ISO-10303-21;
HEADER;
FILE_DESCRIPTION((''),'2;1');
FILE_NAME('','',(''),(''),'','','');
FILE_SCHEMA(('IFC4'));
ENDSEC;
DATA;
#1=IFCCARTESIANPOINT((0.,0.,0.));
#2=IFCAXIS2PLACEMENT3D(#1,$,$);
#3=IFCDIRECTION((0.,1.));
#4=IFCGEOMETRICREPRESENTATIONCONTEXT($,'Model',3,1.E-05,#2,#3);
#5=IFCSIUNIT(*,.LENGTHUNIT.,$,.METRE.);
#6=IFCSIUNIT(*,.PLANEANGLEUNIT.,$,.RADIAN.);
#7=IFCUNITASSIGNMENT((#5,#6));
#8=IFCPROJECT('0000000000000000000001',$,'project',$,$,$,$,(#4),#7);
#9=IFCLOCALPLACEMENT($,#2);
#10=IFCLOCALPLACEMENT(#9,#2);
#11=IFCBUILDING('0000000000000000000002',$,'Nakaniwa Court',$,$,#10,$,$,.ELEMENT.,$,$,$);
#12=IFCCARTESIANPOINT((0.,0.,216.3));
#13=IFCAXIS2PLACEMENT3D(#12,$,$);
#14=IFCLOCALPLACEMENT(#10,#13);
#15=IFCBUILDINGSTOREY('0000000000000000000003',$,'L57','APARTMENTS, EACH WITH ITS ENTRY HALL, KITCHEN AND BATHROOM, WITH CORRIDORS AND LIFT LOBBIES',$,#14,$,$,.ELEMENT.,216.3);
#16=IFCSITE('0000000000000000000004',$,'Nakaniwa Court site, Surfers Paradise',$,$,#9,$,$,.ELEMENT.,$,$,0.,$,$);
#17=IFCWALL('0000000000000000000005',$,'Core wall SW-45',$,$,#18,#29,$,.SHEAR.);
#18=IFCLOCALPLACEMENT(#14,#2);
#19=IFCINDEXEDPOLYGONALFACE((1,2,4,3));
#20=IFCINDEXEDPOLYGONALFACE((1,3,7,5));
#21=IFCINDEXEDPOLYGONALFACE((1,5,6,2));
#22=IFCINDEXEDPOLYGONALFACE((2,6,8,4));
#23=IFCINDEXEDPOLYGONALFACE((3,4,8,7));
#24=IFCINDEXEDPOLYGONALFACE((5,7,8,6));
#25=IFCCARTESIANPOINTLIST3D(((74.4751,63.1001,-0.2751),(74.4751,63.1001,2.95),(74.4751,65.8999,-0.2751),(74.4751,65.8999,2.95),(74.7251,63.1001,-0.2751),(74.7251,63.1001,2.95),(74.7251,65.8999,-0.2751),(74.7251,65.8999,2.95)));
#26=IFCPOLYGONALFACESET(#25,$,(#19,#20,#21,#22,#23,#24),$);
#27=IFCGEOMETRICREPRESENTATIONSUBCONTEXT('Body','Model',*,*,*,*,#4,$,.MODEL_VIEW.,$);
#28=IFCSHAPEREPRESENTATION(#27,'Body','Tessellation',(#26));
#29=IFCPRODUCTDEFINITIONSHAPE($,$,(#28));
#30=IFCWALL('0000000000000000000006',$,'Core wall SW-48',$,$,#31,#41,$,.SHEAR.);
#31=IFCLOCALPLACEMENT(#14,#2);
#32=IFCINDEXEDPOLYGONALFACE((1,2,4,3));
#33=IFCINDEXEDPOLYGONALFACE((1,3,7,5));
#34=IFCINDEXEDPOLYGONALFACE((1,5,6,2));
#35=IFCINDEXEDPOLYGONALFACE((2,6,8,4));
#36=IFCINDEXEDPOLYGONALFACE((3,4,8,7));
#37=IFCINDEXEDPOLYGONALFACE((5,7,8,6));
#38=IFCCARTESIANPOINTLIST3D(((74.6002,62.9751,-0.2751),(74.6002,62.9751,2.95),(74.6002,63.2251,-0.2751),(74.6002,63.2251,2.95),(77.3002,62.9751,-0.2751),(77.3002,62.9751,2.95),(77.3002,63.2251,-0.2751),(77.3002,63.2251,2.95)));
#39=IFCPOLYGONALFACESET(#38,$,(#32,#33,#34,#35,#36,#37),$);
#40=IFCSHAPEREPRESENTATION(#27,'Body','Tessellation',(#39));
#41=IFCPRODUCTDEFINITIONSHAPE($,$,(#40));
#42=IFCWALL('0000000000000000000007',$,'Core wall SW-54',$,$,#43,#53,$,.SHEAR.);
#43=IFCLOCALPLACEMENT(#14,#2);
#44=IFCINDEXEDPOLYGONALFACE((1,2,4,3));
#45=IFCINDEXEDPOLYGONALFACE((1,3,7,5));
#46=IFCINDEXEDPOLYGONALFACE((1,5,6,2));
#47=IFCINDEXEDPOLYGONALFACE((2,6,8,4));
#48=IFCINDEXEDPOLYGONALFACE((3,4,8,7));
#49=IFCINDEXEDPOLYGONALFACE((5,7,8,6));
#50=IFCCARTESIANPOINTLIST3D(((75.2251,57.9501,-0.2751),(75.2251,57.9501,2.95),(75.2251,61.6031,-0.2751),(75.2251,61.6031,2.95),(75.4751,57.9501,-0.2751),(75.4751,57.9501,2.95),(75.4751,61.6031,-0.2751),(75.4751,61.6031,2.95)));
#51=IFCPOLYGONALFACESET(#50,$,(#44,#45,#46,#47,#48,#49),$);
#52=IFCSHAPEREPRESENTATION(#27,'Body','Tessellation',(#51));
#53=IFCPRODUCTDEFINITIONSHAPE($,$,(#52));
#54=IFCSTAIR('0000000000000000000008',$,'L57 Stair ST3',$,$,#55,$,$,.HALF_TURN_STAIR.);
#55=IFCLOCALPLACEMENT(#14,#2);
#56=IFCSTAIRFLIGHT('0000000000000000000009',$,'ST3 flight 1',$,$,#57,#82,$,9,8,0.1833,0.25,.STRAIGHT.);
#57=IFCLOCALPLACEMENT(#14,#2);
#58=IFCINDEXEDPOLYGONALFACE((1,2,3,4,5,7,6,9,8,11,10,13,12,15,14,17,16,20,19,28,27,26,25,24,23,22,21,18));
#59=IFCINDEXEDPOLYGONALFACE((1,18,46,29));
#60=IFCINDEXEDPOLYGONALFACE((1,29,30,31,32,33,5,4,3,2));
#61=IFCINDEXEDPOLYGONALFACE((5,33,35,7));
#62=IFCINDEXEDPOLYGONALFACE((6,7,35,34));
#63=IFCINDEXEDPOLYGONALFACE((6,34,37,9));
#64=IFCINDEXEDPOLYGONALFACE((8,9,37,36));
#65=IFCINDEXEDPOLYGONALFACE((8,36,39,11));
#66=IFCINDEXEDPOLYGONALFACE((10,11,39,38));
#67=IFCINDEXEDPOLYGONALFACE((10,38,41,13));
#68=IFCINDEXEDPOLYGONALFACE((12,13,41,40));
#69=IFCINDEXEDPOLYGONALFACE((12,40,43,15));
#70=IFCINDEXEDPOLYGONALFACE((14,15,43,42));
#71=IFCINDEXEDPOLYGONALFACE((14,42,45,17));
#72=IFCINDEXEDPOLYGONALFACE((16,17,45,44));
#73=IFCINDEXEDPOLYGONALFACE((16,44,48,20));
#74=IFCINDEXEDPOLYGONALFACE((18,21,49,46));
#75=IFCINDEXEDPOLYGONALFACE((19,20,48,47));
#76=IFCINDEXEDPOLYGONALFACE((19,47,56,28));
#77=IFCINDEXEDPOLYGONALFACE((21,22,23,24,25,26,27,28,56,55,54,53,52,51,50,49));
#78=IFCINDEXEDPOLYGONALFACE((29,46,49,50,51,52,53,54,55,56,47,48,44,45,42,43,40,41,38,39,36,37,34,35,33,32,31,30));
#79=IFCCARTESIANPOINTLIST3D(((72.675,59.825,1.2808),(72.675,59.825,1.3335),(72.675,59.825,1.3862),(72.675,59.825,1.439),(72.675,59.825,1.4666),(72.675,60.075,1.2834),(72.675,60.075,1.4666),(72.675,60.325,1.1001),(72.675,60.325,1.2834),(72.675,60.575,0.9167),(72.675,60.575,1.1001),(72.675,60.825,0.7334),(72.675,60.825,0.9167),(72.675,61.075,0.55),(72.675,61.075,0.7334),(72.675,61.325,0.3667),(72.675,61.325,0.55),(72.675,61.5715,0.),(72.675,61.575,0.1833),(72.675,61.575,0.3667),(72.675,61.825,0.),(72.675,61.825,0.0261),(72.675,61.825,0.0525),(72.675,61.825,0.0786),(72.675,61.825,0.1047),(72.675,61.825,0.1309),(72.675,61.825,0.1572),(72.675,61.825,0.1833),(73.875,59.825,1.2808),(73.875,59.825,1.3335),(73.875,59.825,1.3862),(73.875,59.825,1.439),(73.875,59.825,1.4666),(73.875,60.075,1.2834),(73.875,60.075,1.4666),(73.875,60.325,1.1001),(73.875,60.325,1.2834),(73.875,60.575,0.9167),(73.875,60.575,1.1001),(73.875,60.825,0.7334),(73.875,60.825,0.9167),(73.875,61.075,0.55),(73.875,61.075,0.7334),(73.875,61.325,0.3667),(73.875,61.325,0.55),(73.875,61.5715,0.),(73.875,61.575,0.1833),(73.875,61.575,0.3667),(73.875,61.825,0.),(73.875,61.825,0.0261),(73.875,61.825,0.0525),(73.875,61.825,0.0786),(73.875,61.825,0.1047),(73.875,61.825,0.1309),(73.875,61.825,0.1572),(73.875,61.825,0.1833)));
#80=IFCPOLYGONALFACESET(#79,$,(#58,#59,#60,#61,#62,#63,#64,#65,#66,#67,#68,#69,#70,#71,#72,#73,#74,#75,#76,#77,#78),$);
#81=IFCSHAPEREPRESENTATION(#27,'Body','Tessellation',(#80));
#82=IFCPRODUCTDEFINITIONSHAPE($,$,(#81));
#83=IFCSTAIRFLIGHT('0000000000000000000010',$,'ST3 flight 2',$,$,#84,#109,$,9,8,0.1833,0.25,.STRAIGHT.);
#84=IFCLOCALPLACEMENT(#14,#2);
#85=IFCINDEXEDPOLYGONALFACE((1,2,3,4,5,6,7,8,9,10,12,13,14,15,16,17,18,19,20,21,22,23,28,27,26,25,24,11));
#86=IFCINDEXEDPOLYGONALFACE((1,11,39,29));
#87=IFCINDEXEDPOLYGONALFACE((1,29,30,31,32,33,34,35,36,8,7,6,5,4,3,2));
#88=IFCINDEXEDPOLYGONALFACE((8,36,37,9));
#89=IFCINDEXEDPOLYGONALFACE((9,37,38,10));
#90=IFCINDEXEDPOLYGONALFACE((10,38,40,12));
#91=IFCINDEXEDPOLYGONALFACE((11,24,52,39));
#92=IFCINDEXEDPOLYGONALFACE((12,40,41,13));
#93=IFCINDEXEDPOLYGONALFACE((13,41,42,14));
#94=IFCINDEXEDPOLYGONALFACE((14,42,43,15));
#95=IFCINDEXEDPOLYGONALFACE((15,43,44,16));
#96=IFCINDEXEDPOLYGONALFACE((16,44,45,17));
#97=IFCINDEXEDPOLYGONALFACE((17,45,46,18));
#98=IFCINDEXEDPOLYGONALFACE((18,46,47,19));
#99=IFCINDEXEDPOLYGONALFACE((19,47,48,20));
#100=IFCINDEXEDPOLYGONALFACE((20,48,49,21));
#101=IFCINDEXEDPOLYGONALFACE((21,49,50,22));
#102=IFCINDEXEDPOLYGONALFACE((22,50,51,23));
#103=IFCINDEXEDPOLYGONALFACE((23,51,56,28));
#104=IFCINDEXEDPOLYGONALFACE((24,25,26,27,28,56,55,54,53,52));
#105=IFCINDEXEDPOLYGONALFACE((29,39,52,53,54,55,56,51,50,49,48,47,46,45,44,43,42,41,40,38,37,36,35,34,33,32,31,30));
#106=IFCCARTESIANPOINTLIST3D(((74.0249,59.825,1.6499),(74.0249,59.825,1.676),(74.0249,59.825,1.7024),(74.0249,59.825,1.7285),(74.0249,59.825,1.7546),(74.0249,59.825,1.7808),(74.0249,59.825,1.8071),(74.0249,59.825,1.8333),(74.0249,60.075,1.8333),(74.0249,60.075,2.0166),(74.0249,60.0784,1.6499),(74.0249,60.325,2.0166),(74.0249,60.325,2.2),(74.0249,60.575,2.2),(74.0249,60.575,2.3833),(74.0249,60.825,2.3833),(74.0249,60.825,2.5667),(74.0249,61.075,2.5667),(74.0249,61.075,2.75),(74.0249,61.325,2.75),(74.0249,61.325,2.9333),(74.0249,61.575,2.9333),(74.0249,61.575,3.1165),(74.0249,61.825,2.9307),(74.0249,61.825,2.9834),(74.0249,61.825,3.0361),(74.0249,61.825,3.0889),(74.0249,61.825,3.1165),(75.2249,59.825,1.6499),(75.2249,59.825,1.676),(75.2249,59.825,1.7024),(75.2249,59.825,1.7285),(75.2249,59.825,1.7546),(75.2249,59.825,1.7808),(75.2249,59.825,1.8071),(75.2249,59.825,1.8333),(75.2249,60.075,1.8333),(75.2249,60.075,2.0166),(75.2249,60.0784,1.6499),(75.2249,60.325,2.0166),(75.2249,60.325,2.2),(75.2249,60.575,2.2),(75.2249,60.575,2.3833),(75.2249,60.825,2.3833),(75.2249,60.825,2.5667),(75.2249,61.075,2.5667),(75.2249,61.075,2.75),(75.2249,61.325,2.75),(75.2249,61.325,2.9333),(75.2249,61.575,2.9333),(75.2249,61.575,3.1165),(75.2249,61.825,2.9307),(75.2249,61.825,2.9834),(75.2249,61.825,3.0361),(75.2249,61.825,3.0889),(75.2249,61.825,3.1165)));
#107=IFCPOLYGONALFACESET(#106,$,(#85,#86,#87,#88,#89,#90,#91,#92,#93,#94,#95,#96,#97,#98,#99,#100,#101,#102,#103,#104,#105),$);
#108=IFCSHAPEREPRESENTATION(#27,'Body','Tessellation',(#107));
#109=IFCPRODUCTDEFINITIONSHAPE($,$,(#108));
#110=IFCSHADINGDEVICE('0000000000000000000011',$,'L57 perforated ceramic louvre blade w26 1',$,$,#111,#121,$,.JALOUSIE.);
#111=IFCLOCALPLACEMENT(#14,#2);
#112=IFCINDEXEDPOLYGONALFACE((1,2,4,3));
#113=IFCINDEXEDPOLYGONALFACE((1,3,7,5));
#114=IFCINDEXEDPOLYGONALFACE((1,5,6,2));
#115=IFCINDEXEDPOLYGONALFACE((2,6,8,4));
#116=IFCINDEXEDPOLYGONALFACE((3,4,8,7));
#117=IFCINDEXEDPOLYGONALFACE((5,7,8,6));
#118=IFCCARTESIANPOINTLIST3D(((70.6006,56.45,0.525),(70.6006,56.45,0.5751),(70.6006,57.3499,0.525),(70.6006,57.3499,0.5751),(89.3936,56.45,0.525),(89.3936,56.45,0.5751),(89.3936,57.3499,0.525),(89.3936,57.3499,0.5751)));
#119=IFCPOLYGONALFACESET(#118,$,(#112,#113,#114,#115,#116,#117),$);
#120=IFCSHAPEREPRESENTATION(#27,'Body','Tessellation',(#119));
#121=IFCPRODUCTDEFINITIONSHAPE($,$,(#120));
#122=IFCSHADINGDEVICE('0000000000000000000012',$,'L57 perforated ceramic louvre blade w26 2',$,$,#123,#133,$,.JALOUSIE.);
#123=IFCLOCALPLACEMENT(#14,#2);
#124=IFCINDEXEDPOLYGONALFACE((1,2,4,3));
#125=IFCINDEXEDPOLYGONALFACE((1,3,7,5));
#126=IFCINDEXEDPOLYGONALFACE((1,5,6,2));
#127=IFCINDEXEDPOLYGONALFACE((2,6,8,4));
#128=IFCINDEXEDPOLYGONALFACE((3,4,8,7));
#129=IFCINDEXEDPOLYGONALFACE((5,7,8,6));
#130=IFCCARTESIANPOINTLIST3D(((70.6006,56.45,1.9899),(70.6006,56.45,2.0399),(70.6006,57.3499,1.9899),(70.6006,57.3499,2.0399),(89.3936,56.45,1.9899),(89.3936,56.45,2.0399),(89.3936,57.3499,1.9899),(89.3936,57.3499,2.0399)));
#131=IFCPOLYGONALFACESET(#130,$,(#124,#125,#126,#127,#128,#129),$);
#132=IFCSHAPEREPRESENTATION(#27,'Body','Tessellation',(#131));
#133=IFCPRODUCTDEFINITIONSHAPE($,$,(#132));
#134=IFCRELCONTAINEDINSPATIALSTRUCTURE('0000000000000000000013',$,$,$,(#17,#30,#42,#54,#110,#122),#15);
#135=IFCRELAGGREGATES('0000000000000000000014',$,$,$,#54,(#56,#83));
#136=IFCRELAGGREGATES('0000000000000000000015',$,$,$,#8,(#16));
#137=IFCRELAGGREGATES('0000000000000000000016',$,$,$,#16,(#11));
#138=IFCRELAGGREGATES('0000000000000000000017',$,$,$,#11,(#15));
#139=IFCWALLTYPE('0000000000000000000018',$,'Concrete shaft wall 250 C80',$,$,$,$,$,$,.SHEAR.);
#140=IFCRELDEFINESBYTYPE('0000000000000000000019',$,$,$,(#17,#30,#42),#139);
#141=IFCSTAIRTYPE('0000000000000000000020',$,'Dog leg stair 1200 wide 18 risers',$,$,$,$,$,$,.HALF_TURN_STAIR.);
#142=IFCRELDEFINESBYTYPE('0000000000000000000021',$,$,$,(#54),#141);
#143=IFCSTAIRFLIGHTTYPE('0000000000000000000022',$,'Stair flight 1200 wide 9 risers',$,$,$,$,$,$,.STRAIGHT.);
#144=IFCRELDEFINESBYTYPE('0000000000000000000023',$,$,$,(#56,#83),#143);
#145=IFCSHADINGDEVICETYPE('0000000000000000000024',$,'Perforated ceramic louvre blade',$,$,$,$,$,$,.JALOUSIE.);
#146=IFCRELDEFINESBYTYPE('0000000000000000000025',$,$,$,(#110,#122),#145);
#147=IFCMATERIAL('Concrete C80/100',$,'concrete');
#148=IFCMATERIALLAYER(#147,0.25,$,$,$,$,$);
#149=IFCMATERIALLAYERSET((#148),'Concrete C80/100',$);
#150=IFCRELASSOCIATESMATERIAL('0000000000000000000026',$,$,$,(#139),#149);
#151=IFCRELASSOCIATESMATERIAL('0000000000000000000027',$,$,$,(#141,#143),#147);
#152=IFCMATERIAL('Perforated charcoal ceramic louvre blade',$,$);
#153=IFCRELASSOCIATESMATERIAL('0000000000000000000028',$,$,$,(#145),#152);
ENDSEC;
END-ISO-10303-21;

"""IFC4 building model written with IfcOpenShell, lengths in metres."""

from ifc_helpers import new_model, si_unit, direction, frame, frame_2d, origin, origin_2d, place, context, subcontext, project, spatial, polyline, rectangle, outline, extrude, material, layer, layer_set, material_profile, profile_set, type_object, element, aggregate, save


model = new_model("IFC4")

# Units and contexts
model_context = context("Model", 3, precision=1e-05, world=origin(), true_north=direction((0.0, 1.0)))
body_context = subcontext(model_context, "Body", "Model", "MODEL_VIEW")
ifc_project = project(units=[si_unit("LENGTHUNIT", "METRE"), si_unit("PLANEANGLEUNIT", "RADIAN")], contexts=[model_context])

# Site, building, storey
site_placement = place(None, origin())
site = spatial("IfcSite", under=ifc_project, at=site_placement, Name="Nakaniwa Court site, Surfers Paradise", CompositionType="ELEMENT", RefElevation=0.0)
building_placement = place(site_placement, origin())
building = spatial("IfcBuilding", under=site, at=building_placement, Name="Nakaniwa Court", CompositionType="ELEMENT")
storey_placement = place(building_placement, frame((0.0, 0.0, 216.3)))
storey = spatial("IfcBuildingStorey", under=building, at=storey_placement, Name="L57", Description="APARTMENTS, EACH WITH ITS ENTRY HALL, KITCHEN AND BATHROOM, WITH CORRIDORS AND LIFT LOBBIES", CompositionType="ELEMENT", Elevation=216.3)

# Shared definitions
ifc_material_1 = material(Name="Concrete C80/100", Category="concrete")

# Walls
ifc_layer_1 = layer(ifc_material_1, 0.25)
ifc_layer_set_1 = layer_set([ifc_layer_1], Name="Concrete C80/100")
wall_type_1 = type_object("IfcWallType", Name="Concrete shaft wall 250 C80", PredefinedType="SHEAR", material=ifc_layer_set_1)
wall_1_placement = place(storey_placement, frame((74.6001, 63.1001, -0.2751), z_axis=(0.0, 0.0, 1.0), x_axis=(0.0, 1.0, 0.0)))
element("IfcWall", 1, at=wall_1_placement, inside=storey, type_object=wall_type_1, Name="Core wall SW-45", PredefinedType="SHEAR", context=body_context, shape_type="SweptSolid", body=[
    extrude(rectangle(XDim=2.7998, YDim=0.25, at=frame_2d((1.3999, 0.0))), origin(), (0.0, 0.0, 1.0), 3.2251),
])
wall_2_placement = place(storey_placement, frame((74.6001, 63.1001, -0.2751), z_axis=(0.0, 0.0, 1.0), x_axis=(1.0, 0.0, 0.0)))
element("IfcWall", 2, at=wall_2_placement, inside=storey, type_object=wall_type_1, Name="Core wall SW-48", PredefinedType="SHEAR", context=body_context, shape_type="SweptSolid", body=[
    extrude(rectangle(XDim=2.7, YDim=0.25, at=frame_2d((1.3501, 0.0))), origin(), (0.0, 0.0, 1.0), 3.2251),
])
wall_3_placement = place(storey_placement, frame((75.3501, 57.95, -0.2751), z_axis=(0.0, 0.0, 1.0), x_axis=(0.0, 1.0, 0.0)))
element("IfcWall", 3, at=wall_3_placement, inside=storey, type_object=wall_type_1, Name="Core wall SW-54", PredefinedType="SHEAR", context=body_context, shape_type="SweptSolid", body=[
    extrude(rectangle(XDim=3.6531, YDim=0.25, at=frame_2d((1.8267, 0.0))), origin(), (0.0, 0.0, 1.0), 3.2251),
])

# Stair, stair flights
stair_type = type_object("IfcStairType", Name="Dog leg stair 1200 wide 18 risers", PredefinedType="HALF_TURN_STAIR", material=ifc_material_1)
stair_placement = place(storey_placement, origin())
stair = element("IfcStair", 4, at=stair_placement, inside=storey, type_object=stair_type, Name="L57 Stair ST3", PredefinedType="HALF_TURN_STAIR")
stair_flight_type = type_object("IfcStairFlightType", Name="Stair flight 1200 wide 9 risers", PredefinedType="STRAIGHT", material=ifc_material_1)
stair_flight_1_placement = place(storey_placement, frame((73.2749, 61.825, 0.0), z_axis=(0.0, 0.0, 1.0), x_axis=(0.0, -1.0, 0.0)))
stair_flight_1 = element("IfcStairFlight", 5, at=stair_flight_1_placement, type_object=stair_flight_type, Name="ST3 flight 1", NumberOfRisers=9, NumberOfTreads=8, PredefinedType="STRAIGHT", RiserHeight=0.1833, TreadLength=0.25, context=body_context, shape_type="SweptSolid", body=[
    extrude(outline(polyline([(0.0, 0.0), (0.0, 0.0261), (0.0, 0.0525), (0.0, 0.0786), (0.0, 0.1047), (0.0, 0.1309), (0.0, 0.1572), (0.0, 0.1833), (0.25, 0.1833), (0.25, 0.3667), (0.5, 0.3667), (0.5, 0.55), (0.75, 0.55), (0.75, 0.7334), (1.0, 0.7334), (1.0, 0.9167), (1.25, 0.9167), (1.25, 1.1001), (1.5, 1.1001), (1.5, 1.2834), (1.75, 1.2834), (1.75, 1.4666), (2.0, 1.4666), (2.0, 1.6499), (2.0, 1.5972), (2.0, 1.5444), (2.0, 1.4917), (2.0, 1.439), (2.0, 1.3862), (2.0, 1.3335), (2.0, 1.2808), (0.2534, 0.0), (0.0, 0.0)])), frame((0.0, 0.6001, 0.0), z_axis=(0.0, -1.0, 0.0), x_axis=(1.0, 0.0, 0.0)), (0.0, 0.0, 1.0), 1.2),
])
stair_flight_2_placement = place(storey_placement, frame((74.625, 59.825, 1.6499), z_axis=(0.0, 0.0, 1.0), x_axis=(0.0, 1.0, 0.0)))
stair_flight_2 = element("IfcStairFlight", 6, at=stair_flight_2_placement, type_object=stair_flight_type, Name="ST3 flight 2", NumberOfRisers=9, NumberOfTreads=8, PredefinedType="STRAIGHT", RiserHeight=0.1833, TreadLength=0.25, context=body_context, shape_type="SweptSolid", body=[
    extrude(outline(polyline([(0.0, 0.0), (0.0, 0.0261), (0.0, 0.0525), (0.0, 0.0786), (0.0, 0.1047), (0.0, 0.1309), (0.0, 0.1572), (0.0, 0.1833), (0.25, 0.1833), (0.25, 0.3667), (0.5, 0.3667), (0.5, 0.55), (0.75, 0.55), (0.75, 0.7334), (1.0, 0.7334), (1.0, 0.9167), (1.25, 0.9167), (1.25, 1.1001), (1.5, 1.1001), (1.5, 1.2834), (1.75, 1.2834), (1.75, 1.4666), (2.0, 1.4666), (2.0, 1.6499), (2.0, 1.5972), (2.0, 1.5444), (2.0, 1.4917), (2.0, 1.439), (2.0, 1.3862), (2.0, 1.3335), (2.0, 1.2808), (0.2534, 0.0), (0.0, 0.0)])), frame((0.0, 0.6001, 0.0), z_axis=(0.0, -1.0, 0.0), x_axis=(1.0, 0.0, 0.0)), (0.0, 0.0, 1.0), 1.2),
])
aggregate(stair, [stair_flight_1, stair_flight_2])

# Shading devices
ifc_material_2 = material(Name="Perforated charcoal ceramic louvre blade")
ifc_material_profile_1 = material_profile(ifc_material_2, rectangle(XDim=0.8999, YDim=0.05, at=origin_2d()), Name="Perforated ceramic louvre blade")
ifc_profile_set_1 = profile_set([ifc_material_profile_1], Name="Perforated charcoal ceramic louvre blade")
shading_device_type = type_object("IfcShadingDeviceType", Name="Perforated ceramic louvre blade", PredefinedType="JALOUSIE", material=ifc_profile_set_1)
for number, where, z_axis, x_axis, name in (
    (7, (70.6006, 56.8999, 0.55), (1.0, 0.0, 0.0), (0.0, 1.0, 0.0), "L57 perforated ceramic louvre blade w26 1"),
    (8, (70.6006, 56.8999, 2.0149), (1.0, 0.0, 0.0), (0.0, 1.0, 0.0), "L57 perforated ceramic louvre blade w26 2"),
):
    element("IfcShadingDevice", number, at=place(storey_placement, frame(where, z_axis=z_axis, x_axis=x_axis)), inside=storey, type_object=shading_device_type, Name=name, PredefinedType="JALOUSIE", context=body_context, shape_type="SweptSolid", body=[
        extrude(rectangle(XDim=0.8999, YDim=0.05, at=origin_2d()), origin(), (0.0, 0.0, 1.0), 18.793),
    ])

save(model, "model.ifc")
